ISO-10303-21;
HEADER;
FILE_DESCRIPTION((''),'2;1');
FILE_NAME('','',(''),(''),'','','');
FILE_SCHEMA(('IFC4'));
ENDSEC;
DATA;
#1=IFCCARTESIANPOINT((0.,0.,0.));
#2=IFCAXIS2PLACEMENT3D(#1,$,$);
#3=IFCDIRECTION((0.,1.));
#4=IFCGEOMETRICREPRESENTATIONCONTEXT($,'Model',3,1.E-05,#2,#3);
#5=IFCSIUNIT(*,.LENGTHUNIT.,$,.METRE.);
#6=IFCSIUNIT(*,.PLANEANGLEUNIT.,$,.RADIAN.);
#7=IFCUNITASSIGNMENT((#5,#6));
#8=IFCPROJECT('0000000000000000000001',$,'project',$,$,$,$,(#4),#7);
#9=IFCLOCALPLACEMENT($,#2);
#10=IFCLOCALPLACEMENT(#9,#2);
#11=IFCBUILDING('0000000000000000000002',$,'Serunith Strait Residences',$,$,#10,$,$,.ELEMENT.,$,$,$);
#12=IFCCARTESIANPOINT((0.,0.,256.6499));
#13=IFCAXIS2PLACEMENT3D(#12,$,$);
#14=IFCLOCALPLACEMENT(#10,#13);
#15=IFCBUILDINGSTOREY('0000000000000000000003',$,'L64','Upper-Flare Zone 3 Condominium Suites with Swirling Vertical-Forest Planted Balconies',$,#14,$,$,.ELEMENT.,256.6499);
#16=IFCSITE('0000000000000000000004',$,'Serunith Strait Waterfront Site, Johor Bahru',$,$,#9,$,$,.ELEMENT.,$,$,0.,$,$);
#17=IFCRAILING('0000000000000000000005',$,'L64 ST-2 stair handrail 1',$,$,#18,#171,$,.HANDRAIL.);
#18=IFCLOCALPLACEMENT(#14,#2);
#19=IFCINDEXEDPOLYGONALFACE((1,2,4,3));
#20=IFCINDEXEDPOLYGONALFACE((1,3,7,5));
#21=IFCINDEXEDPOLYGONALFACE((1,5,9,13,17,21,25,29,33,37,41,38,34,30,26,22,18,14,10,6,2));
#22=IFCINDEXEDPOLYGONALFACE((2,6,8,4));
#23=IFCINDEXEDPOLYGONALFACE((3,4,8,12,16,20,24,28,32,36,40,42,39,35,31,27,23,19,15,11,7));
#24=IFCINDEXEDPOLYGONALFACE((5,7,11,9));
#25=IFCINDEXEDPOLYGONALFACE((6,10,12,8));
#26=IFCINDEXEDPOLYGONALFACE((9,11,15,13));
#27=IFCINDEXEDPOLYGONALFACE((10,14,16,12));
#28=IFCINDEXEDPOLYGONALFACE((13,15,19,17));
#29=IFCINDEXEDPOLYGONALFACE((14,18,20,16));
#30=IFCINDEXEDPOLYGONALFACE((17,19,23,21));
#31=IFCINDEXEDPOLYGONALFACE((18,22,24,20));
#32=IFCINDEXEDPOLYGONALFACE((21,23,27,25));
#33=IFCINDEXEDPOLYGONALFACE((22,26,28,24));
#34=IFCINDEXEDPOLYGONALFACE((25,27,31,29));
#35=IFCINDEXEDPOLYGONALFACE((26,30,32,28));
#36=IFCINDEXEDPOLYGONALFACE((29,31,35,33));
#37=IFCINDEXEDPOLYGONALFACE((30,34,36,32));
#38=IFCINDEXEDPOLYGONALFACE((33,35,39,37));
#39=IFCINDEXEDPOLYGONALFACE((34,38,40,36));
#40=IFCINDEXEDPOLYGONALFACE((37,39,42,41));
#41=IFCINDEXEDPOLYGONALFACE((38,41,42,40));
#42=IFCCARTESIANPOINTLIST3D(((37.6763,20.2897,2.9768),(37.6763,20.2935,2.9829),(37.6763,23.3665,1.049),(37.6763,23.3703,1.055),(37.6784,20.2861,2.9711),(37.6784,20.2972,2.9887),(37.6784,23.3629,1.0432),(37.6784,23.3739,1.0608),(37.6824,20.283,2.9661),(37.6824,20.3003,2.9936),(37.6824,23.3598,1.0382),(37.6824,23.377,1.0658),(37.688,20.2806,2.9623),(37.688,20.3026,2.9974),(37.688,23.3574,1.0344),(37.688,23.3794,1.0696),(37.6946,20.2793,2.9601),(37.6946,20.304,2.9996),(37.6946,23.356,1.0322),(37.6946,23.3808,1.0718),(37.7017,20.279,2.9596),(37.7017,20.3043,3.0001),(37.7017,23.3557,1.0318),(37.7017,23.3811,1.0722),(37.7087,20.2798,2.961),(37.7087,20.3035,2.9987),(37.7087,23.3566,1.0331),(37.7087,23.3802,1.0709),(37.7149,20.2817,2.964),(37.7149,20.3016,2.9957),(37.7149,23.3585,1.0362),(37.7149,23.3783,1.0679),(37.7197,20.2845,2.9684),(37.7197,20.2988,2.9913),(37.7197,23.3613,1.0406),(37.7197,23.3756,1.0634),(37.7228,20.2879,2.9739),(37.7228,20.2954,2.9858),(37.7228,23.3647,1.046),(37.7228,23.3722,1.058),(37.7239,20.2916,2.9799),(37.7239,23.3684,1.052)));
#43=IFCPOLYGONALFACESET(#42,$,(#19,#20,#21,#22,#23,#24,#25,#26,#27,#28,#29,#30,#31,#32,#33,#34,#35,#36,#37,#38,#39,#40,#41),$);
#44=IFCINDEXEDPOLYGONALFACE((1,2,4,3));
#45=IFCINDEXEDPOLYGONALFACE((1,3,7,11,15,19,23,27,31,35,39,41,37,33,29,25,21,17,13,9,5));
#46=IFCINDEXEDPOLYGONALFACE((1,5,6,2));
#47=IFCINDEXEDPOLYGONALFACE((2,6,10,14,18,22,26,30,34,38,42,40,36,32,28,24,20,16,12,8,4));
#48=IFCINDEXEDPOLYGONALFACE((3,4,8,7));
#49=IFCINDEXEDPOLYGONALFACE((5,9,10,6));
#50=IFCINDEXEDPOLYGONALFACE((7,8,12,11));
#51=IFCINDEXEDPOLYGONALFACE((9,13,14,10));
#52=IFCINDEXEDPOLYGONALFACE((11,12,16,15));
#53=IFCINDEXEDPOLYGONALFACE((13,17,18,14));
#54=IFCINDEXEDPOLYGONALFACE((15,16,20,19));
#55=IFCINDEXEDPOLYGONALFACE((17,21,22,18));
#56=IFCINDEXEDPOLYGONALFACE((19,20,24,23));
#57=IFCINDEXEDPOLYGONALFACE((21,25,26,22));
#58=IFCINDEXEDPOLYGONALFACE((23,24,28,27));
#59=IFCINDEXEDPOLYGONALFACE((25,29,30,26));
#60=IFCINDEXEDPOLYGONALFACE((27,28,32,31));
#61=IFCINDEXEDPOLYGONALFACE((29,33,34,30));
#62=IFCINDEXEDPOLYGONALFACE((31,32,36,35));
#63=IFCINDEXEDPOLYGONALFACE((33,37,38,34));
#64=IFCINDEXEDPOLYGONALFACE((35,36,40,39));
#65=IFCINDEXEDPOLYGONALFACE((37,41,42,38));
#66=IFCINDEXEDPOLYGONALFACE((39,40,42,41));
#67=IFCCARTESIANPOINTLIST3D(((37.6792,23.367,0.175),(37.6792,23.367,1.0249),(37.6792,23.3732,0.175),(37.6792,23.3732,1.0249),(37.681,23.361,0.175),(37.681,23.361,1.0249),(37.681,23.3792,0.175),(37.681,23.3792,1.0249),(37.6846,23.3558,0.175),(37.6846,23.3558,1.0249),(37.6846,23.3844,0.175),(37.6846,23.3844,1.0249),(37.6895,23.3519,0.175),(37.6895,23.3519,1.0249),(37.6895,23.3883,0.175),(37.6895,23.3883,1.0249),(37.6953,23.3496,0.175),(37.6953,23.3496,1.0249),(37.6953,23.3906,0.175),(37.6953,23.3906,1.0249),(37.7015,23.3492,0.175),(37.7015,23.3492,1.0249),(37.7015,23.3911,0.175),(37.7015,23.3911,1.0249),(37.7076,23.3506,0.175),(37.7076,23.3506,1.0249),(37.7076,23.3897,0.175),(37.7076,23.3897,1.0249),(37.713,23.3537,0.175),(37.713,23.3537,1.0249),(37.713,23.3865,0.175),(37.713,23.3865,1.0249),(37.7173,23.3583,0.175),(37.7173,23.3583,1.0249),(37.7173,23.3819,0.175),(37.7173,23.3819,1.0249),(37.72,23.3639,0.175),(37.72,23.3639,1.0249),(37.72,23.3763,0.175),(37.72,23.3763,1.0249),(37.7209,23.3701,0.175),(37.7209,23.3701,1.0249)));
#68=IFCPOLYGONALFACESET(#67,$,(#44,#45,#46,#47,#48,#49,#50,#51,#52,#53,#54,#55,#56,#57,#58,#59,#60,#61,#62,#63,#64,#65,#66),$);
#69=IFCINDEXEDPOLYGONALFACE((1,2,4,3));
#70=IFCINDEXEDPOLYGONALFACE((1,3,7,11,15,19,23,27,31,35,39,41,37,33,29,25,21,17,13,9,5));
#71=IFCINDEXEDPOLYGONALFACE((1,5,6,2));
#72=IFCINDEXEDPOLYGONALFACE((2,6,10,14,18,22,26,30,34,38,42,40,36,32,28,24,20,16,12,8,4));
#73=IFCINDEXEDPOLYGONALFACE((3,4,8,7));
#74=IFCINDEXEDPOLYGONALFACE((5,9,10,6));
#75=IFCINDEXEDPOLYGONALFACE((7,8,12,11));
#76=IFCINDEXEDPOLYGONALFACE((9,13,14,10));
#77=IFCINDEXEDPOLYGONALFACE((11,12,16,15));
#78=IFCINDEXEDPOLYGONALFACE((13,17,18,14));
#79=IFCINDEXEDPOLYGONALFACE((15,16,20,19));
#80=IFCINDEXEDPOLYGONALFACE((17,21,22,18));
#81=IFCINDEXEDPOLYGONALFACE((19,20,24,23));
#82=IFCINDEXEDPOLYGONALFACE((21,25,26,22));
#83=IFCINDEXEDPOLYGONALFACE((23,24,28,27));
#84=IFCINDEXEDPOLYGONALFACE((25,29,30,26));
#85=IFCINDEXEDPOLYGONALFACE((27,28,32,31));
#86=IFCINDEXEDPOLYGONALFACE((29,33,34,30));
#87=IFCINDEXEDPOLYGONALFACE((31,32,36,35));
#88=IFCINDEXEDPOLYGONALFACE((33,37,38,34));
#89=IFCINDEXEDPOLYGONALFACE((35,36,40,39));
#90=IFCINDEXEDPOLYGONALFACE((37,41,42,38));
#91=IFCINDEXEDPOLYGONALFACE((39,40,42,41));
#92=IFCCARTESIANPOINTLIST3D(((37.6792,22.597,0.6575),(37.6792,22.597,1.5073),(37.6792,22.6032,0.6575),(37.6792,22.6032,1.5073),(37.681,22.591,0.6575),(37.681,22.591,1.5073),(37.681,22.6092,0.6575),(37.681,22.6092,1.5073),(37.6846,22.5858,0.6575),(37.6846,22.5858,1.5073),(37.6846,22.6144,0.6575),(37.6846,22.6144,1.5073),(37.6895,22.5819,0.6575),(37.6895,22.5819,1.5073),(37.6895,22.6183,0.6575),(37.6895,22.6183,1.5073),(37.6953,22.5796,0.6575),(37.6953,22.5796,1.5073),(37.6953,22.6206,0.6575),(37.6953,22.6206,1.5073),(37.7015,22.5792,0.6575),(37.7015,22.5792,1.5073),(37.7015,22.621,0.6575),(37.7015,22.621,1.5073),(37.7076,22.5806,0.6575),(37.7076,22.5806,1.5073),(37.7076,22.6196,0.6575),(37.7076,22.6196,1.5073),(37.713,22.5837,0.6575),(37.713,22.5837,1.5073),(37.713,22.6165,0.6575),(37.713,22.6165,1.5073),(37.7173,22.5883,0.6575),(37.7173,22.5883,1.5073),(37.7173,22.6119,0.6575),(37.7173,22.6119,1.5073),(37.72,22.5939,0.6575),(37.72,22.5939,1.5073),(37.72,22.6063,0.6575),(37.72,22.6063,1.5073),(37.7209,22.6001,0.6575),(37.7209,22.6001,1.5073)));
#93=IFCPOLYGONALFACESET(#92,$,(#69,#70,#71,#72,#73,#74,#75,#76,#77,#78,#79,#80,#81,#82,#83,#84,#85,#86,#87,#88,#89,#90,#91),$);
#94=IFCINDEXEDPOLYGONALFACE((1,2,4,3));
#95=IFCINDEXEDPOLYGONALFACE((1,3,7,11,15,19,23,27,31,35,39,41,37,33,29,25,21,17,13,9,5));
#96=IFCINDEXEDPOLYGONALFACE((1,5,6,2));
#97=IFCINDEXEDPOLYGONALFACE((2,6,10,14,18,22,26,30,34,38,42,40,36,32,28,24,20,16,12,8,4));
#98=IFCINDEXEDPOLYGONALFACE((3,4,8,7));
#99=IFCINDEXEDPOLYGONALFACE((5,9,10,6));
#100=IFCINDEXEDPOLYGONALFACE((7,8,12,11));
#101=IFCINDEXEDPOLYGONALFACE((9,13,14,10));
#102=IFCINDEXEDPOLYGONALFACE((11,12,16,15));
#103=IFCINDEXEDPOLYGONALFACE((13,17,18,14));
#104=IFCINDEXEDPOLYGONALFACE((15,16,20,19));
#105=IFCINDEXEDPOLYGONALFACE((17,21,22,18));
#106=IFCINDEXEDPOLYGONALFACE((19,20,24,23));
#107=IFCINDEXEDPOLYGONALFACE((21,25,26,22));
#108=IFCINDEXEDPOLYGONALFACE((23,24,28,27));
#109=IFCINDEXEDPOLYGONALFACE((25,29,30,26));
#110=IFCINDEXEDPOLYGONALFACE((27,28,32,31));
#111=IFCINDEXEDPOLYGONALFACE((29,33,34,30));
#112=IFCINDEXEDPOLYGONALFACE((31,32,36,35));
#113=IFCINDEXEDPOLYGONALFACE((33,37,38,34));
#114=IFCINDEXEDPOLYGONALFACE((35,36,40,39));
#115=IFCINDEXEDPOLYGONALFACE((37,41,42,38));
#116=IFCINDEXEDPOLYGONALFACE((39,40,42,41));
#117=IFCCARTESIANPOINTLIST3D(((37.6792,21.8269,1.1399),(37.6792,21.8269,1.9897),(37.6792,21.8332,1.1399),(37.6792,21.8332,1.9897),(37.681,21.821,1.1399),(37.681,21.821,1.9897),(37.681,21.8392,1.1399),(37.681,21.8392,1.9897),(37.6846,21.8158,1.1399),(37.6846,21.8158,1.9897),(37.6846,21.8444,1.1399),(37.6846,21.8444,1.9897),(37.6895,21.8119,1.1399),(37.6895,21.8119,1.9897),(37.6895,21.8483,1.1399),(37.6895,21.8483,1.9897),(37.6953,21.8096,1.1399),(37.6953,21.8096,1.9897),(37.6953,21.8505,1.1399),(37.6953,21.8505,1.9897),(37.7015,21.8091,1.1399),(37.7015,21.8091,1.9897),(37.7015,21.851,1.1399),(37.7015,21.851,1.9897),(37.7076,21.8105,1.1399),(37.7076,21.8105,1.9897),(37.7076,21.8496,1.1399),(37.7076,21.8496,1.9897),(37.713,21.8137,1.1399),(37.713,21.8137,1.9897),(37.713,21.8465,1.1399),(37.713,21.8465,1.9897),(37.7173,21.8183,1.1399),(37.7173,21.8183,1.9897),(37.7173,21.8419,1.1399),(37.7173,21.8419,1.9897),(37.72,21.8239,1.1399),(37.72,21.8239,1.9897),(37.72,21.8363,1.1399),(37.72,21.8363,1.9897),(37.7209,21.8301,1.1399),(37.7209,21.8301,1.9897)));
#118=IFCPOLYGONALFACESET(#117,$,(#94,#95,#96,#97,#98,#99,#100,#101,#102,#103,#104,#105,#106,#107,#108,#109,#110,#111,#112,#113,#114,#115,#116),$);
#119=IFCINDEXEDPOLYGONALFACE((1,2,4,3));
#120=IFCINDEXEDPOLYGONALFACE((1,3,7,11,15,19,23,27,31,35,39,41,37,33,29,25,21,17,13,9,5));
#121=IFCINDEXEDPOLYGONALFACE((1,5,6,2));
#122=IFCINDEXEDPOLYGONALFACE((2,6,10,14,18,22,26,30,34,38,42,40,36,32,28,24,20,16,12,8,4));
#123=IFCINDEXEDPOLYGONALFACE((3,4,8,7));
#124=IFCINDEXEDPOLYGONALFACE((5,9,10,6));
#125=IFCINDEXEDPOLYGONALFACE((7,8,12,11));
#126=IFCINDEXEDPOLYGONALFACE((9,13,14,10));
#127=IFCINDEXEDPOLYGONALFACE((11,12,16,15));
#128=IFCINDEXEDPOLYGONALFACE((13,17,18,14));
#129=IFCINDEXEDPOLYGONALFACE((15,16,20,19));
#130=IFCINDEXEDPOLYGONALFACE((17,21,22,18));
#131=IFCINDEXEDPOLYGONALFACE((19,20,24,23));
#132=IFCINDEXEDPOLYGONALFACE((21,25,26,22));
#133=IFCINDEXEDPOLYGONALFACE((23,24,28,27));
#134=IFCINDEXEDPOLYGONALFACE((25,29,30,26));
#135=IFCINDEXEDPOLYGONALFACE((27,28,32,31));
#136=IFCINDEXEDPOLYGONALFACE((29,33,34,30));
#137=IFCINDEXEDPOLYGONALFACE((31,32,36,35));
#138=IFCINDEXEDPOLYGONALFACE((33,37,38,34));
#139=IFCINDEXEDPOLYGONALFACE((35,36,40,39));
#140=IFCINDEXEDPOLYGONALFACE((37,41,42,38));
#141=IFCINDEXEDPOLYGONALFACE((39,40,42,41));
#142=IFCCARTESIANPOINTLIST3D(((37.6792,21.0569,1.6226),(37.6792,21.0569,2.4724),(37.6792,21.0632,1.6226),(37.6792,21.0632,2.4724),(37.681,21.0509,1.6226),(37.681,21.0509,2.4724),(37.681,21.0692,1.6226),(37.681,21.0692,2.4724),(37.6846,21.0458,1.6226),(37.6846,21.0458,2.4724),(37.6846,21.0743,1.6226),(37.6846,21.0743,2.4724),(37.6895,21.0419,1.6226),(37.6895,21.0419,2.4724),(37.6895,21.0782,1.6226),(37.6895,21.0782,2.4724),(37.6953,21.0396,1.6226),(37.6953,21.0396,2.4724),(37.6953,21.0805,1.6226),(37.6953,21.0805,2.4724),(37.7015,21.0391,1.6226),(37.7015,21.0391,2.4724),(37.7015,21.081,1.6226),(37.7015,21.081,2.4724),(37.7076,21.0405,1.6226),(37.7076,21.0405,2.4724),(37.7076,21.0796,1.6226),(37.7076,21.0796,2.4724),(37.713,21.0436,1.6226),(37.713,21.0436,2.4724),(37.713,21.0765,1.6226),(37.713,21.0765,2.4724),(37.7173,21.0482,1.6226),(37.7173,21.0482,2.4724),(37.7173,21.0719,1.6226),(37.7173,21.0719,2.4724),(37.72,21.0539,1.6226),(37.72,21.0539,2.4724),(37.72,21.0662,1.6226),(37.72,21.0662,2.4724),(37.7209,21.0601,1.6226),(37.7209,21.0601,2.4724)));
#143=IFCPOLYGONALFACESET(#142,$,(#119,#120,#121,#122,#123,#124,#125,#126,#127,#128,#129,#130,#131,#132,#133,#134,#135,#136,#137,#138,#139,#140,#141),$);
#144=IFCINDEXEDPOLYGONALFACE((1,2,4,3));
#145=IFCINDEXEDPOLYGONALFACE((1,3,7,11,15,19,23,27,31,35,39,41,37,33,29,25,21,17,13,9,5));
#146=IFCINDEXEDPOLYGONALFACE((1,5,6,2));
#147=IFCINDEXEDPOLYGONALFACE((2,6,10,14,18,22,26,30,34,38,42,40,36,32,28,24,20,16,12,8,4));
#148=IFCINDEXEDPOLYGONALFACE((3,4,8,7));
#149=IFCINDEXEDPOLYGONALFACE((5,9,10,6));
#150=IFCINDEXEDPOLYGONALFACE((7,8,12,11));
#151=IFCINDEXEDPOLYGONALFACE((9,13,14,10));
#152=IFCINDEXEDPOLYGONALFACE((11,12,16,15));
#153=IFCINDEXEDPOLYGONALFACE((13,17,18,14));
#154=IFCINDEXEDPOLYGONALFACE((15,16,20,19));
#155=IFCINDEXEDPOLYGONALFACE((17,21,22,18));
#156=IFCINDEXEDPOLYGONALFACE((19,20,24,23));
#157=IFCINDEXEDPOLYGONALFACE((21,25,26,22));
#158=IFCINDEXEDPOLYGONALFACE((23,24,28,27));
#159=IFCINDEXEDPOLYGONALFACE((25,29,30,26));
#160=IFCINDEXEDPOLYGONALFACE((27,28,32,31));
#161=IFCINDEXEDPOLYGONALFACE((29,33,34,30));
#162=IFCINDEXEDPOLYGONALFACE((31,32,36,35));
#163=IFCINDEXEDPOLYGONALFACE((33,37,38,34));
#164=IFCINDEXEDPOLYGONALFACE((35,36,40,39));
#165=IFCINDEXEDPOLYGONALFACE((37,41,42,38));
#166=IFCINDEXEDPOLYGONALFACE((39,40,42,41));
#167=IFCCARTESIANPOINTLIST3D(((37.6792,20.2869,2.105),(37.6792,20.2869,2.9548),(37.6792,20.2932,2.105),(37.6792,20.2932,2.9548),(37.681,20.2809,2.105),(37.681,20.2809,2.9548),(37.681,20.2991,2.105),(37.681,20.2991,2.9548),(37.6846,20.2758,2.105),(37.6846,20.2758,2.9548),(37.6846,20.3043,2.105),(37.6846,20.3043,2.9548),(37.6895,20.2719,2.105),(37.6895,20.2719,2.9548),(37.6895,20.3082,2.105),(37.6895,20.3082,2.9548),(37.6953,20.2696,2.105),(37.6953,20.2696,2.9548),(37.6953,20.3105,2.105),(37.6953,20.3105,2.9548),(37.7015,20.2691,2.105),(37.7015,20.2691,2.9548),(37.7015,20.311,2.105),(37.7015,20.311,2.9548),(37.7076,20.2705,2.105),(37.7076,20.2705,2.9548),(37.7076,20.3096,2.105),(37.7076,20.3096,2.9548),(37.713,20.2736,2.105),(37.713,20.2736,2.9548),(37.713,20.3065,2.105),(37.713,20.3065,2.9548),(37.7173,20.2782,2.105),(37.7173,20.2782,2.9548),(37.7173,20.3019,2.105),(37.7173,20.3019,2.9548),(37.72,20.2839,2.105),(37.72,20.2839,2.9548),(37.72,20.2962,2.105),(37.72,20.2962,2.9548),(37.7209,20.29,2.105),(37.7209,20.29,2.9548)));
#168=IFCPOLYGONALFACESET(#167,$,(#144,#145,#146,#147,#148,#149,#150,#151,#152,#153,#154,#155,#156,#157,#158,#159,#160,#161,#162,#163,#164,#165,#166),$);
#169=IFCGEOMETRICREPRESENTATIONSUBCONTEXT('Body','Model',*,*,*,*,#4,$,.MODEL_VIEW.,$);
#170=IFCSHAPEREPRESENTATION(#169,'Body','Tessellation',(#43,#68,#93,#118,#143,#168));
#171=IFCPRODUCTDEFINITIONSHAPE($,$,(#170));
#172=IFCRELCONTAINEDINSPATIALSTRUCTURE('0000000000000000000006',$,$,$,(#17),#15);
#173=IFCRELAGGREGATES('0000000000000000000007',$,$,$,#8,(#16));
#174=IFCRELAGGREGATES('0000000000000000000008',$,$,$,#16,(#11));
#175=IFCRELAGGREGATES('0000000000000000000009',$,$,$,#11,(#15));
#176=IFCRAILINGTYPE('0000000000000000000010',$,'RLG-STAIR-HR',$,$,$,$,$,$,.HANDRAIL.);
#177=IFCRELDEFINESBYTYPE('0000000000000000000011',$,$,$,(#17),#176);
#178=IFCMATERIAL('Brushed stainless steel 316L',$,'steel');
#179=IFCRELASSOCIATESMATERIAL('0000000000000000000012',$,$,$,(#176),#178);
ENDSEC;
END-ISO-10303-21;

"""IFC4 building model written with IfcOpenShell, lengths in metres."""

from ifc_helpers import new_model, si_unit, direction, frame, origin, origin_2d, place, context, subcontext, project, spatial, circle, extrude, material, type_object, element, save


model = new_model("IFC4")

# Units and contexts
model_context = context("Model", 3, precision=1e-05, world=origin(), true_north=direction((0.0, 1.0)))
body_context = subcontext(model_context, "Body", "Model", "MODEL_VIEW")
ifc_project = project(units=[si_unit("LENGTHUNIT", "METRE"), si_unit("PLANEANGLEUNIT", "RADIAN")], contexts=[model_context])

# Site, building, storey
site_placement = place(None, origin())
site = spatial("IfcSite", under=ifc_project, at=site_placement, Name="Serunith Strait Waterfront Site, Johor Bahru", CompositionType="ELEMENT", RefElevation=0.0)
building_placement = place(site_placement, origin())
building = spatial("IfcBuilding", under=site, at=building_placement, Name="Serunith Strait Residences", CompositionType="ELEMENT")
storey_placement = place(building_placement, frame((0.0, 0.0, 256.6499)))
storey = spatial("IfcBuildingStorey", under=building, at=storey_placement, Name="L64", Description="Upper-Flare Zone 3 Condominium Suites with Swirling Vertical-Forest Planted Balconies", CompositionType="ELEMENT", Elevation=256.6499)

# Railing
ifc_material_1 = material(Name="Brushed stainless steel 316L", Category="steel")
railing_type_1 = type_object("IfcRailingType", Name="RLG-STAIR-HR", PredefinedType="HANDRAIL", material=ifc_material_1)
railing_1_placement = place(storey_placement, frame((37.7, 23.3701, 0.175)))
element("IfcRailing", 1, at=railing_1_placement, inside=storey, type_object=railing_type_1, Name="L64 ST-2 stair handrail 1", PredefinedType="HANDRAIL", context=body_context, shape_type="SweptSolid", body=[
    extrude(circle(Radius=0.0239, at=origin_2d()), frame((0.0, -0.0017, 0.877), z_axis=(0.0, -0.847394, 0.530965), x_axis=(1.0, 0.0, 0.0)), (0.0, 0.0, 1.0), 3.6309),
    extrude(circle(Radius=0.021, at=origin_2d()), origin(), (0.0, 0.0, 1.0), 0.8499),
    extrude(circle(Radius=0.021, at=origin_2d()), frame((0.0, -0.77, 0.4824)), (0.0, 0.0, 1.0), 0.8499),
    extrude(circle(Radius=0.021, at=origin_2d()), frame((0.0, -1.54, 0.9648)), (0.0, 0.0, 1.0), 0.8499),
    extrude(circle(Radius=0.021, at=origin_2d()), frame((0.0, -2.3101, 1.4475)), (0.0, 0.0, 1.0), 0.8499),
    extrude(circle(Radius=0.021, at=origin_2d()), frame((0.0, -3.0801, 1.9299)), (0.0, 0.0, 1.0), 0.8499),
])

save(model, "model.ifc")
